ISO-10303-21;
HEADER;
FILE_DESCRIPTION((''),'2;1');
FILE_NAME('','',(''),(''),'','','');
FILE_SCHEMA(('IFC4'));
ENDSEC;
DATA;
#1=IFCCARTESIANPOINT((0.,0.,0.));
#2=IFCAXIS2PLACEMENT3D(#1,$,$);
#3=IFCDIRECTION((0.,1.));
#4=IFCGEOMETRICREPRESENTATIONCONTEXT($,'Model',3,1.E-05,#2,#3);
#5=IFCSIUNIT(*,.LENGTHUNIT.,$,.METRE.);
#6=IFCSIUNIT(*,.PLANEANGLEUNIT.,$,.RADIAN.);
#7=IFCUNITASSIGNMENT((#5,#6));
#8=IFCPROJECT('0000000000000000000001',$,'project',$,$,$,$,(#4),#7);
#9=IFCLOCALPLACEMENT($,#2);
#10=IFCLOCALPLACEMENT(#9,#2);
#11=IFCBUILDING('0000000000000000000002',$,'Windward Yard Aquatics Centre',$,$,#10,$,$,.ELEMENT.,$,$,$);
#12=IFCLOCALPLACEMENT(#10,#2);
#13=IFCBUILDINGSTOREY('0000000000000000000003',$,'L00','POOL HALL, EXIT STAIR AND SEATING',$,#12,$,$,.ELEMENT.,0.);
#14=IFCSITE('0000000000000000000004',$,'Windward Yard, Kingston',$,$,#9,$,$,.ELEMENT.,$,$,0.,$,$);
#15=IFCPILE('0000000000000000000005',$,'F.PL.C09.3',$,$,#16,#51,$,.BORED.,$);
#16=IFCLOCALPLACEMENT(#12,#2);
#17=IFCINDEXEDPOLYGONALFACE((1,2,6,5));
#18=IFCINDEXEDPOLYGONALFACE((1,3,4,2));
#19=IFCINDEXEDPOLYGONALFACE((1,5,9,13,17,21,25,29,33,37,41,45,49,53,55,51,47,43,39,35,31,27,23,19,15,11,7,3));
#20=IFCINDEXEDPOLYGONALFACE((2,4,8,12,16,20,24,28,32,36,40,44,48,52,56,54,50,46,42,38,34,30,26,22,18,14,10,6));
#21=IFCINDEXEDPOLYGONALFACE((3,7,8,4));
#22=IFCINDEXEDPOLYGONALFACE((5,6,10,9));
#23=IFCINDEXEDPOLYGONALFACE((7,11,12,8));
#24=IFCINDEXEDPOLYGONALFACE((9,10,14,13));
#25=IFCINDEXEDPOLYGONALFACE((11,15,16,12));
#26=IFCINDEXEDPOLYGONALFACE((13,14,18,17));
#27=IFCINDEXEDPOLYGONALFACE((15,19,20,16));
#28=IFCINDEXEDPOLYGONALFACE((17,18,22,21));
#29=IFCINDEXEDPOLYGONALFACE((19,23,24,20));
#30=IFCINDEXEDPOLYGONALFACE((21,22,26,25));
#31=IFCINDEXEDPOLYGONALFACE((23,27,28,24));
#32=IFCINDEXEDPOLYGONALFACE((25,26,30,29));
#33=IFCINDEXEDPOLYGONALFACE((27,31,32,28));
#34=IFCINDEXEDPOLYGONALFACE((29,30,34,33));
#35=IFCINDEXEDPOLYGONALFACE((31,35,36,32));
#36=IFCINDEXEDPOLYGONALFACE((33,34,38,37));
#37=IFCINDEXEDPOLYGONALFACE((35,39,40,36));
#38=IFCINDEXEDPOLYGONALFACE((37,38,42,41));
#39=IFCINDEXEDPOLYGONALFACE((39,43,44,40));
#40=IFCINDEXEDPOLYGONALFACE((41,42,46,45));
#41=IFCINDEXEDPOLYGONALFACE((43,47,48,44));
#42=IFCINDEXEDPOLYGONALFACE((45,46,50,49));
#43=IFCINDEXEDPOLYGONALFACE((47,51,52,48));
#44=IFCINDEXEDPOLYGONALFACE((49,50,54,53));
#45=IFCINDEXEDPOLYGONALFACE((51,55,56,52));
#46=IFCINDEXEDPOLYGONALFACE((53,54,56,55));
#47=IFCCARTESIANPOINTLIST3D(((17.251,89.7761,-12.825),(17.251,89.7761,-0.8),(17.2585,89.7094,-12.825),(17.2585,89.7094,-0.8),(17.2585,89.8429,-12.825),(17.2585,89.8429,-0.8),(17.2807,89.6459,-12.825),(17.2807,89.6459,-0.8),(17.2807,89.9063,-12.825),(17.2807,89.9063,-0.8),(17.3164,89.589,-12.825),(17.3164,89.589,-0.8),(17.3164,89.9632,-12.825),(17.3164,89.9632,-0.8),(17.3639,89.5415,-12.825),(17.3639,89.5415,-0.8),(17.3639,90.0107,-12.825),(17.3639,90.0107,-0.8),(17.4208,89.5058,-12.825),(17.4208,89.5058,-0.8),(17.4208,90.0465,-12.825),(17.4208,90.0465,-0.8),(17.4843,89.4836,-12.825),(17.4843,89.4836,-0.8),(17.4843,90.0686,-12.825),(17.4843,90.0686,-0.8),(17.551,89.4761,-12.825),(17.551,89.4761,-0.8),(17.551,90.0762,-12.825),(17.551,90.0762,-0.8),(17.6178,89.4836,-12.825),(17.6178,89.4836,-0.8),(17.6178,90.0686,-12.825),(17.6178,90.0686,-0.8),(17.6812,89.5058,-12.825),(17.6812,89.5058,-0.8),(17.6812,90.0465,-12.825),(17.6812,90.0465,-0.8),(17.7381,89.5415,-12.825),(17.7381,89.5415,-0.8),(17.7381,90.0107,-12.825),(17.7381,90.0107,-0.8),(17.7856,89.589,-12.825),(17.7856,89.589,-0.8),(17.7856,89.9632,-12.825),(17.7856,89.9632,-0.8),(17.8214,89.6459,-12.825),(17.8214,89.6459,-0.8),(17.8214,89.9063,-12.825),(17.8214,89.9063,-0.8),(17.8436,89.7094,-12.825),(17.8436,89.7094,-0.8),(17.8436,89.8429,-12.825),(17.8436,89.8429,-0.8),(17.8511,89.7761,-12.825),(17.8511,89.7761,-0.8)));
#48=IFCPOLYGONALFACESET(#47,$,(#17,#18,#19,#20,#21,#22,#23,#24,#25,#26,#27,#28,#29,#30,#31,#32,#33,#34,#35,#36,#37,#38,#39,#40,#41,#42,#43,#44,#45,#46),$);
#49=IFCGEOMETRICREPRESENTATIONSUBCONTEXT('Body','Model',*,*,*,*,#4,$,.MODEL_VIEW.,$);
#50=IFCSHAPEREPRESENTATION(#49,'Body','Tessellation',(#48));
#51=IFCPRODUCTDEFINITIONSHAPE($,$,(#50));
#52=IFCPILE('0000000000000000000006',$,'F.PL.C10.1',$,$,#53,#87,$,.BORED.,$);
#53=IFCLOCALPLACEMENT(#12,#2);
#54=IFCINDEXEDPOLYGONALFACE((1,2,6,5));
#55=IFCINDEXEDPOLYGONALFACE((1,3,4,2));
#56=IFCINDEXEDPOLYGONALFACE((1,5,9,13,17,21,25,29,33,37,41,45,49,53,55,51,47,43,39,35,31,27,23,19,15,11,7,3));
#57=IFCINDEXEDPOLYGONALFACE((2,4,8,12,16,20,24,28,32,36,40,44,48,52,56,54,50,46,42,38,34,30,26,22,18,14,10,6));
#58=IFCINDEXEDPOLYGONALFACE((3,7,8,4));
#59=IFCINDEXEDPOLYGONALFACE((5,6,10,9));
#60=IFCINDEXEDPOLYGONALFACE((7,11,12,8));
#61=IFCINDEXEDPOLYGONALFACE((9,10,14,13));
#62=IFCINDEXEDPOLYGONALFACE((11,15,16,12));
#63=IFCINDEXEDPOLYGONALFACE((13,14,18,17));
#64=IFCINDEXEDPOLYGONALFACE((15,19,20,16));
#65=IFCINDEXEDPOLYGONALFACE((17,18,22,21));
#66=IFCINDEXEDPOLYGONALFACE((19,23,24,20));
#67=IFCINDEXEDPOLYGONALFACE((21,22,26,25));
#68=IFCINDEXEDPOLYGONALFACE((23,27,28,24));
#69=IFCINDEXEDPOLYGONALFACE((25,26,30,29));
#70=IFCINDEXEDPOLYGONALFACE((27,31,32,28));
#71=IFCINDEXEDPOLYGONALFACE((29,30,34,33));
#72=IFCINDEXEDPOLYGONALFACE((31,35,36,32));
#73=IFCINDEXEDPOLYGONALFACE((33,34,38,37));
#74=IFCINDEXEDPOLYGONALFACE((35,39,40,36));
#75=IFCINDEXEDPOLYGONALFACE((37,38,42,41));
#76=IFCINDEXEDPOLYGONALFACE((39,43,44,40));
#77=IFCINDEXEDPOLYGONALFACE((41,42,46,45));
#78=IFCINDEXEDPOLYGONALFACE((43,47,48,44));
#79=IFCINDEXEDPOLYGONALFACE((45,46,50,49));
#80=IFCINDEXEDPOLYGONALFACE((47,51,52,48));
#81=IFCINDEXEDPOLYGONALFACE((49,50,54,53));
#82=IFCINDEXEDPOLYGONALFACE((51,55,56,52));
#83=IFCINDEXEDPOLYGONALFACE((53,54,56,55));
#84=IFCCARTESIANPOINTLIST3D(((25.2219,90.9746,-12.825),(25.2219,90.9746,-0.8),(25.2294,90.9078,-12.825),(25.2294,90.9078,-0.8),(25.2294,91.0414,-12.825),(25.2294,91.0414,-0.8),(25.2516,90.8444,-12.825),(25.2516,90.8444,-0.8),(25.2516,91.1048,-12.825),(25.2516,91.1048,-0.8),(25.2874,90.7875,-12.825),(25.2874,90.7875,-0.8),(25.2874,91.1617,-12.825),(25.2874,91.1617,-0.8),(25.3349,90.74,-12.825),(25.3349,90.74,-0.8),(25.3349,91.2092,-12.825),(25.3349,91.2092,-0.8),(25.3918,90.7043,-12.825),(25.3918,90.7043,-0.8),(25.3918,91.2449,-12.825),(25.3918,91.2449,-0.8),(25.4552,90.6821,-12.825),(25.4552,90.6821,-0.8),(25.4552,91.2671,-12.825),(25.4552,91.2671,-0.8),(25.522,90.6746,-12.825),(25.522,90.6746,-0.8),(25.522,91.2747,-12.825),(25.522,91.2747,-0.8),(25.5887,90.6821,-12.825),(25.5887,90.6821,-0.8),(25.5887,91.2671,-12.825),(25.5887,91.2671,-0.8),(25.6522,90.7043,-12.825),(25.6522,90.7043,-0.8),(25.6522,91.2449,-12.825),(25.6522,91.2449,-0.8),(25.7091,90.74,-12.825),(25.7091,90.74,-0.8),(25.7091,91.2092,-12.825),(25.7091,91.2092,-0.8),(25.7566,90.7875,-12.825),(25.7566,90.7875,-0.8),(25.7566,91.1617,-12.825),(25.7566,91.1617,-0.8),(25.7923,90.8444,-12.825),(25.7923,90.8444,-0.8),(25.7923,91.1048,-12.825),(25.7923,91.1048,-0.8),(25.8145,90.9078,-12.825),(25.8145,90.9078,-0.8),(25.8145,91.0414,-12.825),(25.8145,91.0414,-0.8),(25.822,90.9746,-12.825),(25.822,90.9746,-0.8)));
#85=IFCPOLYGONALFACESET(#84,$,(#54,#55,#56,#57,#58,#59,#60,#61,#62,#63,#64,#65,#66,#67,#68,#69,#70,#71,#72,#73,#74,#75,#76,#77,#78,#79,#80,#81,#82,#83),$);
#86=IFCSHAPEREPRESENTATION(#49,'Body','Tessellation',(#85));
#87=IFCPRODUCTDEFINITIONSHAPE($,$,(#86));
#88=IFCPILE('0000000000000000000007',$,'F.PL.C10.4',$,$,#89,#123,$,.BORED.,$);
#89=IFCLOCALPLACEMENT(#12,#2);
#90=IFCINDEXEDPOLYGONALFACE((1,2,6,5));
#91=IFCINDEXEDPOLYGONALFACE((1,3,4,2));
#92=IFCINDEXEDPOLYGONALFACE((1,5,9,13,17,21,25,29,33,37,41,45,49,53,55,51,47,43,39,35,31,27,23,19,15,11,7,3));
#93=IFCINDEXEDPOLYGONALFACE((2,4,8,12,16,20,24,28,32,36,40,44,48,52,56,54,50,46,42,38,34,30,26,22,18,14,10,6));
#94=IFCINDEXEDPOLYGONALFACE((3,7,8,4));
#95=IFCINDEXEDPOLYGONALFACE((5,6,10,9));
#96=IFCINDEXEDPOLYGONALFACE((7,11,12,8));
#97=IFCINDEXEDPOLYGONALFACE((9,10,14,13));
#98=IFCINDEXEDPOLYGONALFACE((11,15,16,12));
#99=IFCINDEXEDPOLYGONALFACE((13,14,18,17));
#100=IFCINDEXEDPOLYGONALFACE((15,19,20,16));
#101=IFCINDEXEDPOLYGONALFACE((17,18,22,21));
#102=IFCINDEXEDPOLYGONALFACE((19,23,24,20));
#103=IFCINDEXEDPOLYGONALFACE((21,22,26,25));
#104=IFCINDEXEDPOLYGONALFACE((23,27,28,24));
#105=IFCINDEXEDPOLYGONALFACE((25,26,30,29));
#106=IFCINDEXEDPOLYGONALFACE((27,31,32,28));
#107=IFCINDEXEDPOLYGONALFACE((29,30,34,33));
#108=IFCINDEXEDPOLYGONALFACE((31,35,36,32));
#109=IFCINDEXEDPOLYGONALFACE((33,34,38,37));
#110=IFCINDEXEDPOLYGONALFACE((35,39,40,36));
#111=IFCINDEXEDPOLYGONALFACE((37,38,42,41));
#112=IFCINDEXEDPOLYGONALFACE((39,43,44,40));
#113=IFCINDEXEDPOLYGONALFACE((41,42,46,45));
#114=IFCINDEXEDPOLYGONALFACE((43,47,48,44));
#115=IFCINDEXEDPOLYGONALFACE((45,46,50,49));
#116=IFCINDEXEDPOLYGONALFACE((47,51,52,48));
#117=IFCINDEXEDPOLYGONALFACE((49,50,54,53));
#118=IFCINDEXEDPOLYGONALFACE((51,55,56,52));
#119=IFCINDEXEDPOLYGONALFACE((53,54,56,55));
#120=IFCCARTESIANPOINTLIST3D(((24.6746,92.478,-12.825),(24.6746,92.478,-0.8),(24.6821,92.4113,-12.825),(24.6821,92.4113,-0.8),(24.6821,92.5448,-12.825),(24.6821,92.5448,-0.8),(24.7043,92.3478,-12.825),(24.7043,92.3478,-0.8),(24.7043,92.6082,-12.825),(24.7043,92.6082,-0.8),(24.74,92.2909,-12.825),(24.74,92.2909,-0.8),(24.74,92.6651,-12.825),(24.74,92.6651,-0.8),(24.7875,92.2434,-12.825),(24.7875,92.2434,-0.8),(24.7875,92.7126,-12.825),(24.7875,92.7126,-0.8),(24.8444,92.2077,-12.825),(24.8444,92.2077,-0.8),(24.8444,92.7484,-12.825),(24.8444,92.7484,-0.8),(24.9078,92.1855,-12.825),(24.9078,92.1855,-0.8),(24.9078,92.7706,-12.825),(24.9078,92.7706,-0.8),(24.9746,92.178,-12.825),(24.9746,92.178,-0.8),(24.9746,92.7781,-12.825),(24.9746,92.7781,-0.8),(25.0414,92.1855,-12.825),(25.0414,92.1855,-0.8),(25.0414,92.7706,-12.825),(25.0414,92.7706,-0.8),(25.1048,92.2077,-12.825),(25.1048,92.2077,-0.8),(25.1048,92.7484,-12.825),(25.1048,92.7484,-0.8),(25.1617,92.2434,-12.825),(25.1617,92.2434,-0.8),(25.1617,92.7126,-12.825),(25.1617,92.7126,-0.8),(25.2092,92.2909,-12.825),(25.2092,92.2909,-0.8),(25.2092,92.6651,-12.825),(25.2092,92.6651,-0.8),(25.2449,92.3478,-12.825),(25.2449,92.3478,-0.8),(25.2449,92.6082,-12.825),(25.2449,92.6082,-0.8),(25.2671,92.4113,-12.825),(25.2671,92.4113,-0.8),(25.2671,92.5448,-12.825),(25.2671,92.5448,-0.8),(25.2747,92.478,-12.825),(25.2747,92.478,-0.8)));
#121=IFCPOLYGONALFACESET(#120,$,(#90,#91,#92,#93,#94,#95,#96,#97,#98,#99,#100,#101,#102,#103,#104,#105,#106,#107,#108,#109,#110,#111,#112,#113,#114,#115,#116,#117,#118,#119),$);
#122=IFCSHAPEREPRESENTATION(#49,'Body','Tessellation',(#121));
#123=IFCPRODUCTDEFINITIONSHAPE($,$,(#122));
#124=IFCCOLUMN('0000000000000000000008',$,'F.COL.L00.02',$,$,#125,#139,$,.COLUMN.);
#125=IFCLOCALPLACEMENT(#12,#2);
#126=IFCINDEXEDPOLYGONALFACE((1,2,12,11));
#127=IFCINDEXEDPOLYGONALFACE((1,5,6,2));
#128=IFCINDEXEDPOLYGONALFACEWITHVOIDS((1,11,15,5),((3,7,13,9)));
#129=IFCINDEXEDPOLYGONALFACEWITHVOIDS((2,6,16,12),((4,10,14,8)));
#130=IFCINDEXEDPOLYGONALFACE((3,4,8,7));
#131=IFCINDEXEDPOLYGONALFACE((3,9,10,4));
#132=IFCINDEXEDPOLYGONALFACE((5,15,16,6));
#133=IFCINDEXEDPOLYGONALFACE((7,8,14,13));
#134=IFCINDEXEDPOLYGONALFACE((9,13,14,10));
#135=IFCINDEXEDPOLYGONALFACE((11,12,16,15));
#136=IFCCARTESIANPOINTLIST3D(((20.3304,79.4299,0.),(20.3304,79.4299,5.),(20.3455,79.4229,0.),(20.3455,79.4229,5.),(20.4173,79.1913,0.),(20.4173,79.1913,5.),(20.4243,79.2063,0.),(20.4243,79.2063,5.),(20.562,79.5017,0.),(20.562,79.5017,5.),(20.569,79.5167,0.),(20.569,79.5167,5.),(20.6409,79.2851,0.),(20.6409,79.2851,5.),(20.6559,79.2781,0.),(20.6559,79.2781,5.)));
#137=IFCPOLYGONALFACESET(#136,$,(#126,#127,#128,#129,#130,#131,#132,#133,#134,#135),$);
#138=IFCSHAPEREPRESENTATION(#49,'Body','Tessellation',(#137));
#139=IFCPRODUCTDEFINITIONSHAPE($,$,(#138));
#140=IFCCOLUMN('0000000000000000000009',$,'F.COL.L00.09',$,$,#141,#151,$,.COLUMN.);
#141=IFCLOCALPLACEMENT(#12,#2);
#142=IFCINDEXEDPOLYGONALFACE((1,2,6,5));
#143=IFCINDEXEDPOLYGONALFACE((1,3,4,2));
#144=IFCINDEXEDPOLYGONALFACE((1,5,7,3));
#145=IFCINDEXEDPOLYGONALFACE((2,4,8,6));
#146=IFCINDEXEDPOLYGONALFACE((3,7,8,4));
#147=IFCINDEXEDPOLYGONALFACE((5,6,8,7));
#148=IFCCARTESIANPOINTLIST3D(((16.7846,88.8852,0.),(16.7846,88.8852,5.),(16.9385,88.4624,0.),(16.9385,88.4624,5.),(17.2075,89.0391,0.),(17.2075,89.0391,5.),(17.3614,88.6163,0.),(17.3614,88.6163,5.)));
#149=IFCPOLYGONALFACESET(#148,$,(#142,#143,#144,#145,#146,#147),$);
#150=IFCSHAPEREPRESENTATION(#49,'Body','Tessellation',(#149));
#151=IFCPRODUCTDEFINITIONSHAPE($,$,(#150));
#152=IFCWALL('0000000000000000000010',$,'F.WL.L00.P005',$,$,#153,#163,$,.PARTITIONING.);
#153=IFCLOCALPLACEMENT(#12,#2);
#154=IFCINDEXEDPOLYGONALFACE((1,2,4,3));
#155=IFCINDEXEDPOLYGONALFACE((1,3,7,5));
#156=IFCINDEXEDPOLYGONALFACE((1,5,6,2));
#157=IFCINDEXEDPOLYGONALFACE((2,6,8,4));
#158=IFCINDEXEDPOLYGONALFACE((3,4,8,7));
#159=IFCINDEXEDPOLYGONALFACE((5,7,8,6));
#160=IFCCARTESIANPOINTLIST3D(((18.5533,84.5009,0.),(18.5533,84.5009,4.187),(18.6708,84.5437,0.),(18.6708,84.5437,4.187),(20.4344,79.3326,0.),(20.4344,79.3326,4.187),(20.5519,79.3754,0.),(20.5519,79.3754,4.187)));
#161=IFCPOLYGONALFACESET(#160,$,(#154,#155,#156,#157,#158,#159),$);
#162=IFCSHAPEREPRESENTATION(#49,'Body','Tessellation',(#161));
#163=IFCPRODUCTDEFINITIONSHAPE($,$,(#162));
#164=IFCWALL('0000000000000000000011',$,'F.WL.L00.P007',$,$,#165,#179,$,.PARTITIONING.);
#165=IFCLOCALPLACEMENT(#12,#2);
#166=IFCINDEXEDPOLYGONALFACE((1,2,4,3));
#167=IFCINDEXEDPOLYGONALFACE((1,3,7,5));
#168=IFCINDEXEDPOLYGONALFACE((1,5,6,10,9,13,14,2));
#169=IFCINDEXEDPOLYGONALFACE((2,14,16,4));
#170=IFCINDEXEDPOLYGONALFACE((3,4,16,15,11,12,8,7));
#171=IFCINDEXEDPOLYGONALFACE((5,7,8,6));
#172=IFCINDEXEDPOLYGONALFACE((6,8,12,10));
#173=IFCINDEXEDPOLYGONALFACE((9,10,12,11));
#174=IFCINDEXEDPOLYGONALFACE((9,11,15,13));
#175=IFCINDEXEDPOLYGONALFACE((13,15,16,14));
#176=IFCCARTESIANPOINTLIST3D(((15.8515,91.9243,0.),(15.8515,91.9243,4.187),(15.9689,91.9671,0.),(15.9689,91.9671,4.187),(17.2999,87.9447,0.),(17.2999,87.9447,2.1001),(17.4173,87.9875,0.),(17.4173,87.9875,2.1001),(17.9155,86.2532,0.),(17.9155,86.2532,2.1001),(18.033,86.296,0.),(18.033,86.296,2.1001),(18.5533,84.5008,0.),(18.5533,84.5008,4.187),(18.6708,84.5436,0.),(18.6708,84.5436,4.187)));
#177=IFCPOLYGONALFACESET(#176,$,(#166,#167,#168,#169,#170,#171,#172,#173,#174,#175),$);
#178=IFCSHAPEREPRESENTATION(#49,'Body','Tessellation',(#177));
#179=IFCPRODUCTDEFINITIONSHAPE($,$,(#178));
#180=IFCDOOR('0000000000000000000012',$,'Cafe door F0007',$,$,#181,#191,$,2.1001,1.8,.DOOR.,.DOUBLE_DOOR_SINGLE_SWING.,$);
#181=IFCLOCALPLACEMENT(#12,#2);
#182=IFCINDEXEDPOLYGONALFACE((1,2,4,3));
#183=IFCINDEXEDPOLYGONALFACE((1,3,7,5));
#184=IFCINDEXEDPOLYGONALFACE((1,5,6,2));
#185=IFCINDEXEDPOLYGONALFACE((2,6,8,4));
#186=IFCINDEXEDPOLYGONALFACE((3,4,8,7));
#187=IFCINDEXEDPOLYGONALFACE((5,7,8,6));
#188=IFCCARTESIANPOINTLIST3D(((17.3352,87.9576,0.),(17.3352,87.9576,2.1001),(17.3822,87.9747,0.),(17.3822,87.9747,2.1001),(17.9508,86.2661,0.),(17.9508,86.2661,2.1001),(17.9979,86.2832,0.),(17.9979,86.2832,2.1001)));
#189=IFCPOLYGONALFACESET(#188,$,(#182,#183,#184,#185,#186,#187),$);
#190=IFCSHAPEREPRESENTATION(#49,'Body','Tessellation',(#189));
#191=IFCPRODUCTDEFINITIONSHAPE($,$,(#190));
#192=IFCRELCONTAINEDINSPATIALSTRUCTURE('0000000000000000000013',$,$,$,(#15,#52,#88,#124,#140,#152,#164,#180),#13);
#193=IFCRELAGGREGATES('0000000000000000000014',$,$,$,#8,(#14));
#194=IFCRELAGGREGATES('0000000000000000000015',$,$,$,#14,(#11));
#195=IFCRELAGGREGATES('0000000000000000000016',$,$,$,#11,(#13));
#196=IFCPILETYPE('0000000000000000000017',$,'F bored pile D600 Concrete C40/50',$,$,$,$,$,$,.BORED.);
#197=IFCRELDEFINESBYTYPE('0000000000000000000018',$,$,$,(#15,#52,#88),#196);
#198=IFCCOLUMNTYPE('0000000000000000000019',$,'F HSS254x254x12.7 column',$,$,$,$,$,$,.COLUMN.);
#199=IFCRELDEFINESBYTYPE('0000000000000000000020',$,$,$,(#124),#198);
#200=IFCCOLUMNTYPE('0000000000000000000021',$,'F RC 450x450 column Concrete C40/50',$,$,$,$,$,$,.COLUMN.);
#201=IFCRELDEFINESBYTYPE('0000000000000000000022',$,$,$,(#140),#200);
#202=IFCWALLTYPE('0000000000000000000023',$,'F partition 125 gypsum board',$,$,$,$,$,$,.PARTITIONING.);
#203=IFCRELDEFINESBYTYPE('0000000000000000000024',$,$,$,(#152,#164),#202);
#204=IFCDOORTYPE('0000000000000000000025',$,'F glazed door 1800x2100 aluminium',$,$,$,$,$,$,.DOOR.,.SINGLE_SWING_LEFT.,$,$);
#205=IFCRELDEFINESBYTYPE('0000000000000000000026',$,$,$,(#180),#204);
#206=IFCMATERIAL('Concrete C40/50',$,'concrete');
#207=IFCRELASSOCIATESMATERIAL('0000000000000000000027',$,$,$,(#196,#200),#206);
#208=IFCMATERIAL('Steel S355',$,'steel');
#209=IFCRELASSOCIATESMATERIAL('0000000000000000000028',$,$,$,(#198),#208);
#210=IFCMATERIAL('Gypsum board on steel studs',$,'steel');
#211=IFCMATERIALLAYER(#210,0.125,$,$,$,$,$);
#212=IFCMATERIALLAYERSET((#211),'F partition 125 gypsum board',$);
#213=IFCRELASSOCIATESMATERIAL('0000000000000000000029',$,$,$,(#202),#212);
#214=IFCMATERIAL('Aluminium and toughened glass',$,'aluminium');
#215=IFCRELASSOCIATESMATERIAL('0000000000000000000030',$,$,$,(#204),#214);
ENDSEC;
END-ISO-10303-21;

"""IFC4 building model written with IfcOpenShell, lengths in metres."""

from ifc_helpers import new_model, si_unit, direction, frame, frame_2d, origin, origin_2d, place, context, subcontext, project, spatial, rectangle, hollow_rectangle, circle, extrude, material, layer, layer_set, material_profile, profile_set, type_object, element, fill, save


model = new_model("IFC4")

# Units and contexts
model_context = context("Model", 3, precision=1e-05, world=origin(), true_north=direction((0.0, 1.0)))
body_context = subcontext(model_context, "Body", "Model", "MODEL_VIEW")
ifc_project = project(units=[si_unit("LENGTHUNIT", "METRE"), si_unit("PLANEANGLEUNIT", "RADIAN")], contexts=[model_context])

# Site, building, storey
site_placement = place(None, origin())
site = spatial("IfcSite", under=ifc_project, at=site_placement, Name="Windward Yard, Kingston", CompositionType="ELEMENT", RefElevation=0.0)
building_placement = place(site_placement, origin())
building = spatial("IfcBuilding", under=site, at=building_placement, Name="Windward Yard Aquatics Centre", CompositionType="ELEMENT")
storey_placement = place(building_placement, origin())
storey = spatial("IfcBuildingStorey", under=building, at=storey_placement, Name="L00", Description="POOL HALL, EXIT STAIR AND SEATING", CompositionType="ELEMENT", Elevation=0.0)

# Piles
ifc_material_1 = material(Name="Concrete C40/50", Category="concrete")
ifc_material_profile_1 = material_profile(ifc_material_1, circle(Radius=0.3, at=origin_2d()), Name="D600")
ifc_profile_set_1 = profile_set([ifc_material_profile_1], Name="Concrete C40/50")
pile_type = type_object("IfcPileType", Name="F bored pile D600 Concrete C40/50", PredefinedType="BORED", material=ifc_profile_set_1)
for number, where, z_axis, x_axis, name in (
    (1, (17.551, 89.7761, -0.8), (0.0, 0.0, -1.0), (1.0, 0.0, 0.0), "F.PL.C09.3"),
    (2, (25.522, 90.9746, -0.8), (0.0, 0.0, -1.0), (1.0, 0.0, 0.0), "F.PL.C10.1"),
    (3, (24.9746, 92.478, -0.8), (0.0, 0.0, -1.0), (1.0, 0.0, 0.0), "F.PL.C10.4"),
):
    element("IfcPile", number, at=place(storey_placement, frame(where, z_axis=z_axis, x_axis=x_axis)), inside=storey, type_object=pile_type, Name=name, PredefinedType="BORED", context=body_context, shape_type="SweptSolid", body=[
        extrude(circle(Radius=0.3, at=origin_2d()), origin(), (0.0, 0.0, 1.0), 12.0249),
    ])

# Columns
ifc_material_2 = material(Name="Steel S355", Category="steel")
ifc_material_profile_2 = material_profile(ifc_material_2, hollow_rectangle(XDim=0.2539, YDim=0.2539, WallThickness=0.0117, at=origin_2d()), Name="HSS254x254x12.7")
ifc_profile_set_2 = profile_set([ifc_material_profile_2], Name="Steel S355")
column_type_1 = type_object("IfcColumnType", Name="F HSS254x254x12.7 column", PredefinedType="COLUMN", material=ifc_profile_set_2)
column_1_placement = place(storey_placement, frame((20.4932, 79.354, 0.0), z_axis=(0.0, 0.0, 1.0), x_axis=(0.939693, 0.34202, 0.0)))
element("IfcColumn", 4, at=column_1_placement, inside=storey, type_object=column_type_1, Name="F.COL.L00.02", PredefinedType="COLUMN", context=body_context, shape_type="SweptSolid", body=[
    extrude(hollow_rectangle(XDim=0.2539, YDim=0.2539, WallThickness=0.0117, at=origin_2d()), origin(), (0.0, 0.0, 1.0), 5.0),
])
ifc_material_profile_3 = material_profile(ifc_material_1, rectangle(XDim=0.45, YDim=0.45, at=origin_2d()), Name="RC 450x450")
ifc_profile_set_3 = profile_set([ifc_material_profile_3], Name="Concrete C40/50")
column_type_2 = type_object("IfcColumnType", Name="F RC 450x450 column Concrete C40/50", PredefinedType="COLUMN", material=ifc_profile_set_3)
column_2_placement = place(storey_placement, frame((17.073, 88.7507, 0.0), z_axis=(0.0, 0.0, 1.0), x_axis=(0.939693, 0.34202, 0.0)))
element("IfcColumn", 5, at=column_2_placement, inside=storey, type_object=column_type_2, Name="F.COL.L00.09", PredefinedType="COLUMN", context=body_context, shape_type="SweptSolid", body=[
    extrude(rectangle(XDim=0.45, YDim=0.45, at=origin_2d()), origin(), (0.0, 0.0, 1.0), 5.0),
])

# Wall
ifc_material_3 = material(Name="Gypsum board on steel studs", Category="steel")
ifc_layer_1 = layer(ifc_material_3, 0.125)
ifc_layer_set_1 = layer_set([ifc_layer_1], Name="F partition 125 gypsum board")
wall_type_1 = type_object("IfcWallType", Name="F partition 125 gypsum board", PredefinedType="PARTITIONING", material=ifc_layer_set_1)
wall_1_placement = place(storey_placement, frame((20.4932, 79.354, 0.0), z_axis=(0.0, 0.0, 1.0), x_axis=(-0.342025, 0.939691, 0.0)))
element("IfcWall", 6, at=wall_1_placement, inside=storey, type_object=wall_type_1, Name="F.WL.L00.P005", PredefinedType="PARTITIONING", context=body_context, shape_type="SweptSolid", body=[
    extrude(rectangle(XDim=5.5, YDim=0.125, at=frame_2d((2.75, 0.0))), origin(), (0.0, 0.0, 1.0), 4.187),
])

# Wall, opening, door
wall_2_placement = place(storey_placement, frame((18.6121, 84.5222, 0.0), z_axis=(0.0, 0.0, 1.0), x_axis=(-0.342014, 0.939695, 0.0)))
wall_2 = element("IfcWall", 7, at=wall_2_placement, inside=storey, type_object=wall_type_1, Name="F.WL.L00.P007", PredefinedType="PARTITIONING", context=body_context, shape_type="SweptSolid", body=[
    extrude(rectangle(XDim=7.8999, YDim=0.125, at=frame_2d((3.95, 0.0))), origin(), (0.0, 0.0, 1.0), 4.187),
])
opening_1_placement = place(wall_2_placement, frame((1.865, 0.0, 0.0)))
opening_1 = element("IfcOpeningElement", 8, at=opening_1_placement, cuts=wall_2, PredefinedType="OPENING", context=body_context, shape_type="SweptSolid", body=[
    extrude(rectangle(XDim=1.8, YDim=2.1001, at=frame_2d((0.8999, 1.05))), frame((0.0, 0.0725, 0.0), z_axis=(0.0, -1.0, 0.0), x_axis=(1.0, 0.0, 0.0)), (0.0, 0.0, 1.0), 0.145),
])
ifc_material_4 = material(Name="Aluminium and toughened glass", Category="aluminium")
door_type_1 = type_object("IfcDoorType", Name="F glazed door 1800x2100 aluminium", OperationType="SINGLE_SWING_LEFT", PredefinedType="DOOR", material=ifc_material_4)
door_1_placement = place(opening_1_placement, origin())
door_1 = element("IfcDoor", 9, at=door_1_placement, inside=storey, type_object=door_type_1, Name="Cafe door F0007", OperationType="DOUBLE_DOOR_SINGLE_SWING", OverallHeight=2.1001, OverallWidth=1.8, PredefinedType="DOOR", context=body_context, shape_type="SweptSolid", body=[
    extrude(rectangle(XDim=1.8, YDim=2.1001, at=frame_2d((0.8999, 1.05))), frame((0.0, 0.0249, 0.0), z_axis=(0.0, -1.0, 0.0), x_axis=(1.0, 0.0, 0.0)), (0.0, 0.0, 1.0), 0.05),
])
fill(opening_1, door_1)

save(model, "model.ifc")
